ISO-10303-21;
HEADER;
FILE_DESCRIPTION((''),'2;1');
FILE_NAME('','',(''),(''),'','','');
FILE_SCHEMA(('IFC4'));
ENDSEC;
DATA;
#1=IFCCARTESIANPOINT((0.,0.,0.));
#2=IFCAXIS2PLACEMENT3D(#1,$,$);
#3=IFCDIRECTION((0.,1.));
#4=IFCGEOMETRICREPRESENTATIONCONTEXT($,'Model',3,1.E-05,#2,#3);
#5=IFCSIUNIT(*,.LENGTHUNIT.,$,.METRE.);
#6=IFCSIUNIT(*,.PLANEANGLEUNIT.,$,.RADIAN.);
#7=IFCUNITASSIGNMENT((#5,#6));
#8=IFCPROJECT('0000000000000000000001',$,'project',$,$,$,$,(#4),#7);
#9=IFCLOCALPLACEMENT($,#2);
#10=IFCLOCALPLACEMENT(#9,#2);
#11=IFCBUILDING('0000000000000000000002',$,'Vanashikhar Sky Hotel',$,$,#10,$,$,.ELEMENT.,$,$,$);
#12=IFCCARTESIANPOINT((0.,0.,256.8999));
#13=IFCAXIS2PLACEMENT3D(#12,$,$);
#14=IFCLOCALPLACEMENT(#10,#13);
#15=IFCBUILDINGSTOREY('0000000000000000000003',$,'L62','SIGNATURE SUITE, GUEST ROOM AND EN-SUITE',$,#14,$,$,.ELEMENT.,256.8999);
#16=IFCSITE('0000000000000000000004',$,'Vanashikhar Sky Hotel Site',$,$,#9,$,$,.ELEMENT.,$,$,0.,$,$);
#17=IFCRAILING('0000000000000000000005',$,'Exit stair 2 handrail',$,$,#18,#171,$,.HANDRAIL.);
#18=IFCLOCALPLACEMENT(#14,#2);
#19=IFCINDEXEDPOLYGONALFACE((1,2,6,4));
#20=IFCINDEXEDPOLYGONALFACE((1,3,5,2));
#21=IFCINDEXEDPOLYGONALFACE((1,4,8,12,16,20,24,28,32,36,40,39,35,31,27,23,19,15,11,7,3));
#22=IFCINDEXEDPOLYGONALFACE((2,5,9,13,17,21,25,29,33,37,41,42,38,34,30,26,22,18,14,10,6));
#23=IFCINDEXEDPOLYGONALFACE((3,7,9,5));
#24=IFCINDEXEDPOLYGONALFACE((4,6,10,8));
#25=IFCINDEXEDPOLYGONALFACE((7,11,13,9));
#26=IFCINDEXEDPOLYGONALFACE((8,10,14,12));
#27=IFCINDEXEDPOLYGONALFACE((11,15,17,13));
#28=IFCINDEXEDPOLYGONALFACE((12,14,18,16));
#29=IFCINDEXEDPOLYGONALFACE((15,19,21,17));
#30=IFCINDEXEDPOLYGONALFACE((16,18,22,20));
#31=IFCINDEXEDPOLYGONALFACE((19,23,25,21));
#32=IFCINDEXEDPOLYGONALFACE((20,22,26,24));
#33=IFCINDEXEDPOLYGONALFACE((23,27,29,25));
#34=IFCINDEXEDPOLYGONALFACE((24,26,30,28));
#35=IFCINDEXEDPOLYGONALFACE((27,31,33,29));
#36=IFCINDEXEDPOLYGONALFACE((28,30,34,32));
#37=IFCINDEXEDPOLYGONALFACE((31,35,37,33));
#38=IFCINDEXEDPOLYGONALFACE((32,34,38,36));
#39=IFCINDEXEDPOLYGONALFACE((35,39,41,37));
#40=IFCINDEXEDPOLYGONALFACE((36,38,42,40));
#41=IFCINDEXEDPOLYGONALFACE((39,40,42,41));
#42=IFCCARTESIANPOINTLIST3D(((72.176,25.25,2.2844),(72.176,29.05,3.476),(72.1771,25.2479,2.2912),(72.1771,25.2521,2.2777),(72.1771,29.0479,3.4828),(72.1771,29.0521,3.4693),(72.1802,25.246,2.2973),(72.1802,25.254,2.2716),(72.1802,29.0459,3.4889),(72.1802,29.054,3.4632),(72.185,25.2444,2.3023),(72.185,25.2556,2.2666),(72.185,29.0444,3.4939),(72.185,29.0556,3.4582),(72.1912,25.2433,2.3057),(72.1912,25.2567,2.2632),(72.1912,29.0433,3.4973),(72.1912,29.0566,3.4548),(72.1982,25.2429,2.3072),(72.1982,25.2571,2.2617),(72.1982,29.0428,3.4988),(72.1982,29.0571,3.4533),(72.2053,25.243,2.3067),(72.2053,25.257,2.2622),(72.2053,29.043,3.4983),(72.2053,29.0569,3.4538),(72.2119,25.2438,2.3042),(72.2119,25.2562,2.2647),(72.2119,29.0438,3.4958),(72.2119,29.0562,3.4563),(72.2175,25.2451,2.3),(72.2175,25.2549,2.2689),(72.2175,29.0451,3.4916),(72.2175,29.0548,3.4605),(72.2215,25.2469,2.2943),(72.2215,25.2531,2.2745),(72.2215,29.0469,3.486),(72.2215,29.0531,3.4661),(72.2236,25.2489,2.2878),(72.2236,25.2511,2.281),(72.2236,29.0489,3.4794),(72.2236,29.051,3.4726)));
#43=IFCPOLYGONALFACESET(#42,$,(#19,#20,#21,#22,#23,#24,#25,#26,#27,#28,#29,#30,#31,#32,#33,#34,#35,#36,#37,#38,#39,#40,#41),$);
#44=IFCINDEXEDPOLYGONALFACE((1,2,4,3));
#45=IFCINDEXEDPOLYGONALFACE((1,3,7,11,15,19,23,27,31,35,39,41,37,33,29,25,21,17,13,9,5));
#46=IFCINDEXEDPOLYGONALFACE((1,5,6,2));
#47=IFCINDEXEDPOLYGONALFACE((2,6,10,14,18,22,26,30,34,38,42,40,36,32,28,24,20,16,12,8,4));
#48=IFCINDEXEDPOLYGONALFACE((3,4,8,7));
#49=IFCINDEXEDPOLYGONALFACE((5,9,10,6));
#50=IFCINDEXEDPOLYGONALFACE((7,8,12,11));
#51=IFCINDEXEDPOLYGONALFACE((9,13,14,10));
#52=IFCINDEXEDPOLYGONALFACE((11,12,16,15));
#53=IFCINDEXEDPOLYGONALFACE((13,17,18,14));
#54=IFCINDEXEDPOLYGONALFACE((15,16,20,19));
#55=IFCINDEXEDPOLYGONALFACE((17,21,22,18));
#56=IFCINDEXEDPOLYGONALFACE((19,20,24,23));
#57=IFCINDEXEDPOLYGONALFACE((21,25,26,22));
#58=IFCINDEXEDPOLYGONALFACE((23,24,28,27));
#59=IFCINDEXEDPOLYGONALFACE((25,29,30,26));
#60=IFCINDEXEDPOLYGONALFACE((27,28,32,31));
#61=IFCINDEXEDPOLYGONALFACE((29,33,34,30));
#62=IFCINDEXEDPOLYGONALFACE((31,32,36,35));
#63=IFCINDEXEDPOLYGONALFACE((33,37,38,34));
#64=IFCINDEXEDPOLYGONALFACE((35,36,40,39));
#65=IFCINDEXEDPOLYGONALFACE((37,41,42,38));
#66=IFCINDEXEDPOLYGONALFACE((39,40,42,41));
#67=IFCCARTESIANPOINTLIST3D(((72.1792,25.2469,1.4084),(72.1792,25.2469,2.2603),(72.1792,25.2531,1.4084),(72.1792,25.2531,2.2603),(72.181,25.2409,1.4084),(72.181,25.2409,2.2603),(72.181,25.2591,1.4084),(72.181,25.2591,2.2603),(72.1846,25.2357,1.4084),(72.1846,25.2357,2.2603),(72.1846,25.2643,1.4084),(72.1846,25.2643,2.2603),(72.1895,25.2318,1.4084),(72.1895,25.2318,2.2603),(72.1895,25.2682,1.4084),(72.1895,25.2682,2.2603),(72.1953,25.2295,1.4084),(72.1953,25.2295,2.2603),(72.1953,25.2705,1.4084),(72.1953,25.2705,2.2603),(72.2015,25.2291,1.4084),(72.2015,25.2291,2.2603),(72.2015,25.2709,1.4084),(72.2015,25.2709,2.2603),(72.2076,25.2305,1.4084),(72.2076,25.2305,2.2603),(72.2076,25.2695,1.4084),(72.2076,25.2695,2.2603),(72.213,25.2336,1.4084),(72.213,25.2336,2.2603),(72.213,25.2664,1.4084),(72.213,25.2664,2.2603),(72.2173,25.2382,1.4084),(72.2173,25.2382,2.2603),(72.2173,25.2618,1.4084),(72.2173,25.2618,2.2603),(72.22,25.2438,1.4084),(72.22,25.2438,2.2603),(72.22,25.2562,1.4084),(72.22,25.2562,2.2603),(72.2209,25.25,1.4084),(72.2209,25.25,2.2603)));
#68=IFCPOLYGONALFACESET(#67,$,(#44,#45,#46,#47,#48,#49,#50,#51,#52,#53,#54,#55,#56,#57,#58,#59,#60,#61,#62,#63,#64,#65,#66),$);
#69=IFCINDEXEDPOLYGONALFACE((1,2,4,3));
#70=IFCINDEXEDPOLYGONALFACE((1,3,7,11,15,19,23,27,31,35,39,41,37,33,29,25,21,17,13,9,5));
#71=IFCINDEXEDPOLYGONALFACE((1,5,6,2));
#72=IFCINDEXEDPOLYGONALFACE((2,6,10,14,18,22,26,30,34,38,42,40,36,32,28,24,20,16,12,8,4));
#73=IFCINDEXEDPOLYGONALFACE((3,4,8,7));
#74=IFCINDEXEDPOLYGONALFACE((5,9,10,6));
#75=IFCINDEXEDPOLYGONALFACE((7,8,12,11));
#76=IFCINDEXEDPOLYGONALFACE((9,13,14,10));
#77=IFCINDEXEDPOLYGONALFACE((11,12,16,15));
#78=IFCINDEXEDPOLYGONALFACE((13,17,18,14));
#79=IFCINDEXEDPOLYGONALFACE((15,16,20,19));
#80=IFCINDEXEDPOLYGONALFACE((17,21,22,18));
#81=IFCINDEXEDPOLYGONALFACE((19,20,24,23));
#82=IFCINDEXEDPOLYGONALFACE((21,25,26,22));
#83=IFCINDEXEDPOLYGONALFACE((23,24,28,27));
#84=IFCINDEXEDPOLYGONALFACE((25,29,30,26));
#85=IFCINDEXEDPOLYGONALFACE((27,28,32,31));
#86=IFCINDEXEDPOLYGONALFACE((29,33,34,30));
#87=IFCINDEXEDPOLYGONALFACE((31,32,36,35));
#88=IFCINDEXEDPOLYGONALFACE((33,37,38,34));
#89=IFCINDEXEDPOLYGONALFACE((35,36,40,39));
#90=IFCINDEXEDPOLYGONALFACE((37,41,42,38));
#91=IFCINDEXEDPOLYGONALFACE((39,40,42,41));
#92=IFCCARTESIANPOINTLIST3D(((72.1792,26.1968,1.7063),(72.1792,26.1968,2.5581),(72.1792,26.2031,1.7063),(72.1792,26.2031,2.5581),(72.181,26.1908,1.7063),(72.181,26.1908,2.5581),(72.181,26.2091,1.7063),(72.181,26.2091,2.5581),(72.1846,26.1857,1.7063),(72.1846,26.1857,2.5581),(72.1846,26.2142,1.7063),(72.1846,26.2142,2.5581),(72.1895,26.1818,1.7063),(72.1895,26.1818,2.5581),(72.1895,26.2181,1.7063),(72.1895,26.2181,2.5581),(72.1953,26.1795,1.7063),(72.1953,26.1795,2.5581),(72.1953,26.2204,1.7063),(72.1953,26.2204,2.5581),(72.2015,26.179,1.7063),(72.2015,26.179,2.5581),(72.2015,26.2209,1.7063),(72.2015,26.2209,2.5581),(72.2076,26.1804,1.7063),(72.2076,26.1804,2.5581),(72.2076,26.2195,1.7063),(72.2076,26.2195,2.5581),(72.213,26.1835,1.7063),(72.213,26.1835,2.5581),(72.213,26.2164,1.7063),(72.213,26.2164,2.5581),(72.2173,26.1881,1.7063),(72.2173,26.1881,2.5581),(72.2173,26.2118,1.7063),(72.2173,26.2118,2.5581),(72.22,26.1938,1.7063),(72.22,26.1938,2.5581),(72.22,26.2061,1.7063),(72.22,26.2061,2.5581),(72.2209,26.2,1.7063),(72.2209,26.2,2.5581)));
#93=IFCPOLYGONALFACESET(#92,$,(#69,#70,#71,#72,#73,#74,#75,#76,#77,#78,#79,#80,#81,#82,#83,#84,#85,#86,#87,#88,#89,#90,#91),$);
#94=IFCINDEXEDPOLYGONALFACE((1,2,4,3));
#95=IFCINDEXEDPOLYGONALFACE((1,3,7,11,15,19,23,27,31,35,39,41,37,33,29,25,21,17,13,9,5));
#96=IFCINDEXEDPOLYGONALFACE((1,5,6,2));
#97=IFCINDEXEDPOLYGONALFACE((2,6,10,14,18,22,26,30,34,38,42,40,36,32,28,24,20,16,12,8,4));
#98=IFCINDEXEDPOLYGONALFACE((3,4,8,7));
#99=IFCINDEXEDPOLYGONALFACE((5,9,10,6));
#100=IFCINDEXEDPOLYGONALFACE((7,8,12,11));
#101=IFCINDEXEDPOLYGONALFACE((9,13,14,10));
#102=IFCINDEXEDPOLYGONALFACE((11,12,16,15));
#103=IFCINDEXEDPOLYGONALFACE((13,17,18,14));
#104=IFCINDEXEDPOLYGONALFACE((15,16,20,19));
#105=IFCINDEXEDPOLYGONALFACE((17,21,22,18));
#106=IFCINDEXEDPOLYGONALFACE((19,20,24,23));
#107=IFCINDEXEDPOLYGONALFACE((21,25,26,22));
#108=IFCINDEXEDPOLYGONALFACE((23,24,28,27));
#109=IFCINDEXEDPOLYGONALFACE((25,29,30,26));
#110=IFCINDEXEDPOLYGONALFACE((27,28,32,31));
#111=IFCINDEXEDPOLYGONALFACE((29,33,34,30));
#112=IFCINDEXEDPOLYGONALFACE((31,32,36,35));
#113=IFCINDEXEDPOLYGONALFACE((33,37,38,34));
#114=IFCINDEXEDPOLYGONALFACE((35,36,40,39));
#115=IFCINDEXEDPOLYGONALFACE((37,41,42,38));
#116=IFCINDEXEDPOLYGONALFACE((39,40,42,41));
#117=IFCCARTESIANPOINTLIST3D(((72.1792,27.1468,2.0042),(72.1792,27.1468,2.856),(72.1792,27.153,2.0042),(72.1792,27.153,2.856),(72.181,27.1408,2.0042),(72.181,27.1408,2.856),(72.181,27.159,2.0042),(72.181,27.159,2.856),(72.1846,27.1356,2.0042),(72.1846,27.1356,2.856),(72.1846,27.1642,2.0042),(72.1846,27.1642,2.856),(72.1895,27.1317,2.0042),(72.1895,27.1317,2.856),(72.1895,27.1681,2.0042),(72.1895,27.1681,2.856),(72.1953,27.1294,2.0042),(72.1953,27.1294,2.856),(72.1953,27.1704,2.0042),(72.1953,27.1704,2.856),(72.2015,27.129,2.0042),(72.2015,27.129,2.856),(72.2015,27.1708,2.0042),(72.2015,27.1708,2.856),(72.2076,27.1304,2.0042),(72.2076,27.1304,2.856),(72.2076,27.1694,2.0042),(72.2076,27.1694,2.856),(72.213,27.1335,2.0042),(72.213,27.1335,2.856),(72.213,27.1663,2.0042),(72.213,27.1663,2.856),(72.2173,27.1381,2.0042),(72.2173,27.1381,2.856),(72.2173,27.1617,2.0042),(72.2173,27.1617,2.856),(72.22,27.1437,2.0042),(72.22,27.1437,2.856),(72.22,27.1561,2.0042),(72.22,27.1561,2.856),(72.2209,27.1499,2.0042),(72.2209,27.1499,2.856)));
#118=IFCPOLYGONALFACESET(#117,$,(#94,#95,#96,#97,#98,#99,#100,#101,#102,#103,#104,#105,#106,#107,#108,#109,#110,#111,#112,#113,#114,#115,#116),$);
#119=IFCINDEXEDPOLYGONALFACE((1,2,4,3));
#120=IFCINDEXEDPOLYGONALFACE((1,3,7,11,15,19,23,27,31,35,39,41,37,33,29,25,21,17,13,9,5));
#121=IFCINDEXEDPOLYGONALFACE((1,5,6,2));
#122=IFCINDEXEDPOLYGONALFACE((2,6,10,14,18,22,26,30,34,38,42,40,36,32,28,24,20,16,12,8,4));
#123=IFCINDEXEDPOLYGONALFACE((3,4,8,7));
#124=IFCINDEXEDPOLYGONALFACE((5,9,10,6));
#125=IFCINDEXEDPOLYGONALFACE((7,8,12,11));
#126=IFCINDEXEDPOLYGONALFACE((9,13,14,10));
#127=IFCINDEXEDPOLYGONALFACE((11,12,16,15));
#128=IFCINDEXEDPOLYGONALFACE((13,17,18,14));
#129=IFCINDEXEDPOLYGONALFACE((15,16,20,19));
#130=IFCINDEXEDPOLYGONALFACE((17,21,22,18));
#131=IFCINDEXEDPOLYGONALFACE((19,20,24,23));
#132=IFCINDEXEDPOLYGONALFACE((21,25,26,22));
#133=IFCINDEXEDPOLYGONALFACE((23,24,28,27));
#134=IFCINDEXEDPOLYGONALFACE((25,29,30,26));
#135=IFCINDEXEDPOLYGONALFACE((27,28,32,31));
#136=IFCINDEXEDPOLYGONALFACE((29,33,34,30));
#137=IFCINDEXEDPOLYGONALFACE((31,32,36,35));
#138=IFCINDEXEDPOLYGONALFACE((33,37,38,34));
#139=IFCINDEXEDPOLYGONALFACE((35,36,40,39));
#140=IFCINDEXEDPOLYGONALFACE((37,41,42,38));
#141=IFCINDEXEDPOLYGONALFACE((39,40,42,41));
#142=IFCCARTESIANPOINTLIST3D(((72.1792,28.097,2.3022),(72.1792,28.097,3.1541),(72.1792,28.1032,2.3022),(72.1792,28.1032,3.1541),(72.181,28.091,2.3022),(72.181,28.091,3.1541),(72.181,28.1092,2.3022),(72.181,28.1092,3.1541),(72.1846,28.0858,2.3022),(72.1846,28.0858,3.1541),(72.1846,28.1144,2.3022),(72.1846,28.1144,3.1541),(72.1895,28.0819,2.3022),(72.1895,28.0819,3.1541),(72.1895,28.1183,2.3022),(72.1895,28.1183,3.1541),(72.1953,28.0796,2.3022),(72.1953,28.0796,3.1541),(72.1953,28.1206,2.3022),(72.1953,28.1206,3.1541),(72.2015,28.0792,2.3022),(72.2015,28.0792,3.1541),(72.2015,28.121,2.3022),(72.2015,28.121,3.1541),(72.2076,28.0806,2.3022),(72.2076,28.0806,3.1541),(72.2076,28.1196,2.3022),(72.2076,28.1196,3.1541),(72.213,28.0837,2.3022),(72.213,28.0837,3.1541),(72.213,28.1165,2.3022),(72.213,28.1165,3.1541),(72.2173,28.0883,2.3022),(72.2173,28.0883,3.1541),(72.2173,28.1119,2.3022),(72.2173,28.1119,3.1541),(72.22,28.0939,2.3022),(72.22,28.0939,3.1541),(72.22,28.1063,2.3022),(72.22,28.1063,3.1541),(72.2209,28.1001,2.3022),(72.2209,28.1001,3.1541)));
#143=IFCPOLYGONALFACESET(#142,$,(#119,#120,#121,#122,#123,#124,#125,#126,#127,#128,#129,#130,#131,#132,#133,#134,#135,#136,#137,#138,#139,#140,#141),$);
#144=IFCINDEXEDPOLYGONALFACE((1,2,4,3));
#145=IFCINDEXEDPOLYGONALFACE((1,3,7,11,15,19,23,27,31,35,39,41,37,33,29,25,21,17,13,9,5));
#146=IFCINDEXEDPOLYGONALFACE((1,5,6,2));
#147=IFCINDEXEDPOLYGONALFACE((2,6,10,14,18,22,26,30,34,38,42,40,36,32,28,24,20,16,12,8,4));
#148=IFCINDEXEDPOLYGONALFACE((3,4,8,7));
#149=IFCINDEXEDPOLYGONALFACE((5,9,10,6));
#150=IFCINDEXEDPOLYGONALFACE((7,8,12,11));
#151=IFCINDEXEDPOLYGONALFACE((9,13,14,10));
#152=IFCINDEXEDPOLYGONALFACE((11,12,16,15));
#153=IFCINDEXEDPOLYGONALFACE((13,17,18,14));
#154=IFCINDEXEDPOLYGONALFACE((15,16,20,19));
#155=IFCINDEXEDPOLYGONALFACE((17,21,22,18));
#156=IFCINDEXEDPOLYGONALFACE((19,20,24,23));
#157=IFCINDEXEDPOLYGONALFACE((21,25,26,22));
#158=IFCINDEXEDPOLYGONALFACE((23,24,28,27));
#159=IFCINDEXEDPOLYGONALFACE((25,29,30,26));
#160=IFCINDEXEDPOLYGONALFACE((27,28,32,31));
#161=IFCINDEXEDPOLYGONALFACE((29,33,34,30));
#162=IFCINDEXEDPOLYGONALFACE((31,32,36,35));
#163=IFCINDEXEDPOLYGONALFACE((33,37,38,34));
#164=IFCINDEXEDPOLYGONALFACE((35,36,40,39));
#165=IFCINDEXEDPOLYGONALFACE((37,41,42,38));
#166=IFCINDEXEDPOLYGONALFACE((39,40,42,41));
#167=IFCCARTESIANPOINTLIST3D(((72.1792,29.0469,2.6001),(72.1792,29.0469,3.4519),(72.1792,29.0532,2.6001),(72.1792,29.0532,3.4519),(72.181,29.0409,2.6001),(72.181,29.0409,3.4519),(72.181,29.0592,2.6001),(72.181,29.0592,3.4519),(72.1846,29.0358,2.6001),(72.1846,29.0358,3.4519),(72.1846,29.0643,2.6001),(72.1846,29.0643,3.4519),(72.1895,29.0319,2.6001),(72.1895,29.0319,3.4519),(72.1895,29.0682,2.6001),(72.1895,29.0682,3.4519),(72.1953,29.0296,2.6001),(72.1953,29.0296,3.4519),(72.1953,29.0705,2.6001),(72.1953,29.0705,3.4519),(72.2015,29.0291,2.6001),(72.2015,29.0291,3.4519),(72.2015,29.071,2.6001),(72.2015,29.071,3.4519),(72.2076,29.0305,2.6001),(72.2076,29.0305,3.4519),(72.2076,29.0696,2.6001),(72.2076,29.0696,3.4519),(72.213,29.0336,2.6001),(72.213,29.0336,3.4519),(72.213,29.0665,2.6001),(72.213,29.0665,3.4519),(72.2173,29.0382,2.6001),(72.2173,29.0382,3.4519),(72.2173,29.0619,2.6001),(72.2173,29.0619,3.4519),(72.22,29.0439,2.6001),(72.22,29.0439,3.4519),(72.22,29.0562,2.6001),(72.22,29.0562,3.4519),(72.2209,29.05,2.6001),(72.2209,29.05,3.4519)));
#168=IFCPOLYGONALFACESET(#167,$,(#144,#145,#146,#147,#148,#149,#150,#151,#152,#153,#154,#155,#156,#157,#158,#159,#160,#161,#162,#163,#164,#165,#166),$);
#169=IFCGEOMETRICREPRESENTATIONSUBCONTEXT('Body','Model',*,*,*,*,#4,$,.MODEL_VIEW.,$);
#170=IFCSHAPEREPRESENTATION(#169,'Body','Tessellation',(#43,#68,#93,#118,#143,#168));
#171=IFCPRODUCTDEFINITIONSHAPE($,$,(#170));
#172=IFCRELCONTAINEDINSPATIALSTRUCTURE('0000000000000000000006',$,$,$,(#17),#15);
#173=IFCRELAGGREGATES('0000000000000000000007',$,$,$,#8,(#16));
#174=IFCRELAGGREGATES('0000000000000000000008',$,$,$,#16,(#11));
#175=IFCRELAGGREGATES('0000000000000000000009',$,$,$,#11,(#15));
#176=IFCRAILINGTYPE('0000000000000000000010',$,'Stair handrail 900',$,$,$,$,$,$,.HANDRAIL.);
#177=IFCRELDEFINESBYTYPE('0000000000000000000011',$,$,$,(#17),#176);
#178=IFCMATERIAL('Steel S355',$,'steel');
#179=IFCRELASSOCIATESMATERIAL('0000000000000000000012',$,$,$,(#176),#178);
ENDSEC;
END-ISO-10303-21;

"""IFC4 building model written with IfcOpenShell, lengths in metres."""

from ifc_helpers import new_model, si_unit, direction, frame, origin, origin_2d, place, context, subcontext, project, spatial, circle, extrude, source, transform, mapped, material, type_object, element, save


model = new_model("IFC4")

# Units and contexts
model_context = context("Model", 3, precision=1e-05, world=origin(), true_north=direction((0.0, 1.0)))
body_context = subcontext(model_context, "Body", "Model", "MODEL_VIEW")
ifc_project = project(units=[si_unit("LENGTHUNIT", "METRE"), si_unit("PLANEANGLEUNIT", "RADIAN")], contexts=[model_context])

# Site, building, storey
site_placement = place(None, origin())
site = spatial("IfcSite", under=ifc_project, at=site_placement, Name="Vanashikhar Sky Hotel Site", CompositionType="ELEMENT", RefElevation=0.0)
building_placement = place(site_placement, origin())
building = spatial("IfcBuilding", under=site, at=building_placement, Name="Vanashikhar Sky Hotel", CompositionType="ELEMENT")
storey_placement = place(building_placement, frame((0.0, 0.0, 256.8999)))
storey = spatial("IfcBuildingStorey", under=building, at=storey_placement, Name="L62", Description="SIGNATURE SUITE, GUEST ROOM AND EN-SUITE", CompositionType="ELEMENT", Elevation=256.8999)

# Railing
ifc_material_1 = material(Name="Steel S355", Category="steel")
railing_type_1 = type_object("IfcRailingType", Name="Stair handrail 900", PredefinedType="HANDRAIL", material=ifc_material_1)
shared_shape_1 = source(origin(), body_context, "Body", "SweptSolid", [
    extrude(circle(Radius=0.0239, at=origin_2d()), frame((0.0, 0.0, 0.876), z_axis=(0.0, 0.954184, 0.299221), x_axis=(-1.0, 0.0, 0.0)), (0.0, 0.0, 1.0), 3.9824),
    extrude(circle(Radius=0.021, at=origin_2d()), origin(), (0.0, 0.0, 1.0), 0.8518),
    extrude(circle(Radius=0.021, at=origin_2d()), frame((0.0, 0.95, 0.2979)), (0.0, 0.0, 1.0), 0.8518),
    extrude(circle(Radius=0.021, at=origin_2d()), frame((0.0, 1.8999, 0.5957)), (0.0, 0.0, 1.0), 0.8518),
    extrude(circle(Radius=0.021, at=origin_2d()), frame((0.0, 2.8501, 0.8938)), (0.0, 0.0, 1.0), 0.8518),
    extrude(circle(Radius=0.021, at=origin_2d()), frame((0.0, 3.8, 1.1917)), (0.0, 0.0, 1.0), 0.8518),
])
railing_1_placement = place(storey_placement, frame((72.2, 25.25, 1.4084)))
element("IfcRailing", 1, at=railing_1_placement, inside=storey, type_object=railing_type_1, Name="Exit stair 2 handrail", PredefinedType="HANDRAIL", context=body_context, shape_type="MappedRepresentation", body=[
    mapped(shared_shape_1, transform((0.0, 0.0, 0.0), scale=1.0)),
])

save(model, "model.ifc")
